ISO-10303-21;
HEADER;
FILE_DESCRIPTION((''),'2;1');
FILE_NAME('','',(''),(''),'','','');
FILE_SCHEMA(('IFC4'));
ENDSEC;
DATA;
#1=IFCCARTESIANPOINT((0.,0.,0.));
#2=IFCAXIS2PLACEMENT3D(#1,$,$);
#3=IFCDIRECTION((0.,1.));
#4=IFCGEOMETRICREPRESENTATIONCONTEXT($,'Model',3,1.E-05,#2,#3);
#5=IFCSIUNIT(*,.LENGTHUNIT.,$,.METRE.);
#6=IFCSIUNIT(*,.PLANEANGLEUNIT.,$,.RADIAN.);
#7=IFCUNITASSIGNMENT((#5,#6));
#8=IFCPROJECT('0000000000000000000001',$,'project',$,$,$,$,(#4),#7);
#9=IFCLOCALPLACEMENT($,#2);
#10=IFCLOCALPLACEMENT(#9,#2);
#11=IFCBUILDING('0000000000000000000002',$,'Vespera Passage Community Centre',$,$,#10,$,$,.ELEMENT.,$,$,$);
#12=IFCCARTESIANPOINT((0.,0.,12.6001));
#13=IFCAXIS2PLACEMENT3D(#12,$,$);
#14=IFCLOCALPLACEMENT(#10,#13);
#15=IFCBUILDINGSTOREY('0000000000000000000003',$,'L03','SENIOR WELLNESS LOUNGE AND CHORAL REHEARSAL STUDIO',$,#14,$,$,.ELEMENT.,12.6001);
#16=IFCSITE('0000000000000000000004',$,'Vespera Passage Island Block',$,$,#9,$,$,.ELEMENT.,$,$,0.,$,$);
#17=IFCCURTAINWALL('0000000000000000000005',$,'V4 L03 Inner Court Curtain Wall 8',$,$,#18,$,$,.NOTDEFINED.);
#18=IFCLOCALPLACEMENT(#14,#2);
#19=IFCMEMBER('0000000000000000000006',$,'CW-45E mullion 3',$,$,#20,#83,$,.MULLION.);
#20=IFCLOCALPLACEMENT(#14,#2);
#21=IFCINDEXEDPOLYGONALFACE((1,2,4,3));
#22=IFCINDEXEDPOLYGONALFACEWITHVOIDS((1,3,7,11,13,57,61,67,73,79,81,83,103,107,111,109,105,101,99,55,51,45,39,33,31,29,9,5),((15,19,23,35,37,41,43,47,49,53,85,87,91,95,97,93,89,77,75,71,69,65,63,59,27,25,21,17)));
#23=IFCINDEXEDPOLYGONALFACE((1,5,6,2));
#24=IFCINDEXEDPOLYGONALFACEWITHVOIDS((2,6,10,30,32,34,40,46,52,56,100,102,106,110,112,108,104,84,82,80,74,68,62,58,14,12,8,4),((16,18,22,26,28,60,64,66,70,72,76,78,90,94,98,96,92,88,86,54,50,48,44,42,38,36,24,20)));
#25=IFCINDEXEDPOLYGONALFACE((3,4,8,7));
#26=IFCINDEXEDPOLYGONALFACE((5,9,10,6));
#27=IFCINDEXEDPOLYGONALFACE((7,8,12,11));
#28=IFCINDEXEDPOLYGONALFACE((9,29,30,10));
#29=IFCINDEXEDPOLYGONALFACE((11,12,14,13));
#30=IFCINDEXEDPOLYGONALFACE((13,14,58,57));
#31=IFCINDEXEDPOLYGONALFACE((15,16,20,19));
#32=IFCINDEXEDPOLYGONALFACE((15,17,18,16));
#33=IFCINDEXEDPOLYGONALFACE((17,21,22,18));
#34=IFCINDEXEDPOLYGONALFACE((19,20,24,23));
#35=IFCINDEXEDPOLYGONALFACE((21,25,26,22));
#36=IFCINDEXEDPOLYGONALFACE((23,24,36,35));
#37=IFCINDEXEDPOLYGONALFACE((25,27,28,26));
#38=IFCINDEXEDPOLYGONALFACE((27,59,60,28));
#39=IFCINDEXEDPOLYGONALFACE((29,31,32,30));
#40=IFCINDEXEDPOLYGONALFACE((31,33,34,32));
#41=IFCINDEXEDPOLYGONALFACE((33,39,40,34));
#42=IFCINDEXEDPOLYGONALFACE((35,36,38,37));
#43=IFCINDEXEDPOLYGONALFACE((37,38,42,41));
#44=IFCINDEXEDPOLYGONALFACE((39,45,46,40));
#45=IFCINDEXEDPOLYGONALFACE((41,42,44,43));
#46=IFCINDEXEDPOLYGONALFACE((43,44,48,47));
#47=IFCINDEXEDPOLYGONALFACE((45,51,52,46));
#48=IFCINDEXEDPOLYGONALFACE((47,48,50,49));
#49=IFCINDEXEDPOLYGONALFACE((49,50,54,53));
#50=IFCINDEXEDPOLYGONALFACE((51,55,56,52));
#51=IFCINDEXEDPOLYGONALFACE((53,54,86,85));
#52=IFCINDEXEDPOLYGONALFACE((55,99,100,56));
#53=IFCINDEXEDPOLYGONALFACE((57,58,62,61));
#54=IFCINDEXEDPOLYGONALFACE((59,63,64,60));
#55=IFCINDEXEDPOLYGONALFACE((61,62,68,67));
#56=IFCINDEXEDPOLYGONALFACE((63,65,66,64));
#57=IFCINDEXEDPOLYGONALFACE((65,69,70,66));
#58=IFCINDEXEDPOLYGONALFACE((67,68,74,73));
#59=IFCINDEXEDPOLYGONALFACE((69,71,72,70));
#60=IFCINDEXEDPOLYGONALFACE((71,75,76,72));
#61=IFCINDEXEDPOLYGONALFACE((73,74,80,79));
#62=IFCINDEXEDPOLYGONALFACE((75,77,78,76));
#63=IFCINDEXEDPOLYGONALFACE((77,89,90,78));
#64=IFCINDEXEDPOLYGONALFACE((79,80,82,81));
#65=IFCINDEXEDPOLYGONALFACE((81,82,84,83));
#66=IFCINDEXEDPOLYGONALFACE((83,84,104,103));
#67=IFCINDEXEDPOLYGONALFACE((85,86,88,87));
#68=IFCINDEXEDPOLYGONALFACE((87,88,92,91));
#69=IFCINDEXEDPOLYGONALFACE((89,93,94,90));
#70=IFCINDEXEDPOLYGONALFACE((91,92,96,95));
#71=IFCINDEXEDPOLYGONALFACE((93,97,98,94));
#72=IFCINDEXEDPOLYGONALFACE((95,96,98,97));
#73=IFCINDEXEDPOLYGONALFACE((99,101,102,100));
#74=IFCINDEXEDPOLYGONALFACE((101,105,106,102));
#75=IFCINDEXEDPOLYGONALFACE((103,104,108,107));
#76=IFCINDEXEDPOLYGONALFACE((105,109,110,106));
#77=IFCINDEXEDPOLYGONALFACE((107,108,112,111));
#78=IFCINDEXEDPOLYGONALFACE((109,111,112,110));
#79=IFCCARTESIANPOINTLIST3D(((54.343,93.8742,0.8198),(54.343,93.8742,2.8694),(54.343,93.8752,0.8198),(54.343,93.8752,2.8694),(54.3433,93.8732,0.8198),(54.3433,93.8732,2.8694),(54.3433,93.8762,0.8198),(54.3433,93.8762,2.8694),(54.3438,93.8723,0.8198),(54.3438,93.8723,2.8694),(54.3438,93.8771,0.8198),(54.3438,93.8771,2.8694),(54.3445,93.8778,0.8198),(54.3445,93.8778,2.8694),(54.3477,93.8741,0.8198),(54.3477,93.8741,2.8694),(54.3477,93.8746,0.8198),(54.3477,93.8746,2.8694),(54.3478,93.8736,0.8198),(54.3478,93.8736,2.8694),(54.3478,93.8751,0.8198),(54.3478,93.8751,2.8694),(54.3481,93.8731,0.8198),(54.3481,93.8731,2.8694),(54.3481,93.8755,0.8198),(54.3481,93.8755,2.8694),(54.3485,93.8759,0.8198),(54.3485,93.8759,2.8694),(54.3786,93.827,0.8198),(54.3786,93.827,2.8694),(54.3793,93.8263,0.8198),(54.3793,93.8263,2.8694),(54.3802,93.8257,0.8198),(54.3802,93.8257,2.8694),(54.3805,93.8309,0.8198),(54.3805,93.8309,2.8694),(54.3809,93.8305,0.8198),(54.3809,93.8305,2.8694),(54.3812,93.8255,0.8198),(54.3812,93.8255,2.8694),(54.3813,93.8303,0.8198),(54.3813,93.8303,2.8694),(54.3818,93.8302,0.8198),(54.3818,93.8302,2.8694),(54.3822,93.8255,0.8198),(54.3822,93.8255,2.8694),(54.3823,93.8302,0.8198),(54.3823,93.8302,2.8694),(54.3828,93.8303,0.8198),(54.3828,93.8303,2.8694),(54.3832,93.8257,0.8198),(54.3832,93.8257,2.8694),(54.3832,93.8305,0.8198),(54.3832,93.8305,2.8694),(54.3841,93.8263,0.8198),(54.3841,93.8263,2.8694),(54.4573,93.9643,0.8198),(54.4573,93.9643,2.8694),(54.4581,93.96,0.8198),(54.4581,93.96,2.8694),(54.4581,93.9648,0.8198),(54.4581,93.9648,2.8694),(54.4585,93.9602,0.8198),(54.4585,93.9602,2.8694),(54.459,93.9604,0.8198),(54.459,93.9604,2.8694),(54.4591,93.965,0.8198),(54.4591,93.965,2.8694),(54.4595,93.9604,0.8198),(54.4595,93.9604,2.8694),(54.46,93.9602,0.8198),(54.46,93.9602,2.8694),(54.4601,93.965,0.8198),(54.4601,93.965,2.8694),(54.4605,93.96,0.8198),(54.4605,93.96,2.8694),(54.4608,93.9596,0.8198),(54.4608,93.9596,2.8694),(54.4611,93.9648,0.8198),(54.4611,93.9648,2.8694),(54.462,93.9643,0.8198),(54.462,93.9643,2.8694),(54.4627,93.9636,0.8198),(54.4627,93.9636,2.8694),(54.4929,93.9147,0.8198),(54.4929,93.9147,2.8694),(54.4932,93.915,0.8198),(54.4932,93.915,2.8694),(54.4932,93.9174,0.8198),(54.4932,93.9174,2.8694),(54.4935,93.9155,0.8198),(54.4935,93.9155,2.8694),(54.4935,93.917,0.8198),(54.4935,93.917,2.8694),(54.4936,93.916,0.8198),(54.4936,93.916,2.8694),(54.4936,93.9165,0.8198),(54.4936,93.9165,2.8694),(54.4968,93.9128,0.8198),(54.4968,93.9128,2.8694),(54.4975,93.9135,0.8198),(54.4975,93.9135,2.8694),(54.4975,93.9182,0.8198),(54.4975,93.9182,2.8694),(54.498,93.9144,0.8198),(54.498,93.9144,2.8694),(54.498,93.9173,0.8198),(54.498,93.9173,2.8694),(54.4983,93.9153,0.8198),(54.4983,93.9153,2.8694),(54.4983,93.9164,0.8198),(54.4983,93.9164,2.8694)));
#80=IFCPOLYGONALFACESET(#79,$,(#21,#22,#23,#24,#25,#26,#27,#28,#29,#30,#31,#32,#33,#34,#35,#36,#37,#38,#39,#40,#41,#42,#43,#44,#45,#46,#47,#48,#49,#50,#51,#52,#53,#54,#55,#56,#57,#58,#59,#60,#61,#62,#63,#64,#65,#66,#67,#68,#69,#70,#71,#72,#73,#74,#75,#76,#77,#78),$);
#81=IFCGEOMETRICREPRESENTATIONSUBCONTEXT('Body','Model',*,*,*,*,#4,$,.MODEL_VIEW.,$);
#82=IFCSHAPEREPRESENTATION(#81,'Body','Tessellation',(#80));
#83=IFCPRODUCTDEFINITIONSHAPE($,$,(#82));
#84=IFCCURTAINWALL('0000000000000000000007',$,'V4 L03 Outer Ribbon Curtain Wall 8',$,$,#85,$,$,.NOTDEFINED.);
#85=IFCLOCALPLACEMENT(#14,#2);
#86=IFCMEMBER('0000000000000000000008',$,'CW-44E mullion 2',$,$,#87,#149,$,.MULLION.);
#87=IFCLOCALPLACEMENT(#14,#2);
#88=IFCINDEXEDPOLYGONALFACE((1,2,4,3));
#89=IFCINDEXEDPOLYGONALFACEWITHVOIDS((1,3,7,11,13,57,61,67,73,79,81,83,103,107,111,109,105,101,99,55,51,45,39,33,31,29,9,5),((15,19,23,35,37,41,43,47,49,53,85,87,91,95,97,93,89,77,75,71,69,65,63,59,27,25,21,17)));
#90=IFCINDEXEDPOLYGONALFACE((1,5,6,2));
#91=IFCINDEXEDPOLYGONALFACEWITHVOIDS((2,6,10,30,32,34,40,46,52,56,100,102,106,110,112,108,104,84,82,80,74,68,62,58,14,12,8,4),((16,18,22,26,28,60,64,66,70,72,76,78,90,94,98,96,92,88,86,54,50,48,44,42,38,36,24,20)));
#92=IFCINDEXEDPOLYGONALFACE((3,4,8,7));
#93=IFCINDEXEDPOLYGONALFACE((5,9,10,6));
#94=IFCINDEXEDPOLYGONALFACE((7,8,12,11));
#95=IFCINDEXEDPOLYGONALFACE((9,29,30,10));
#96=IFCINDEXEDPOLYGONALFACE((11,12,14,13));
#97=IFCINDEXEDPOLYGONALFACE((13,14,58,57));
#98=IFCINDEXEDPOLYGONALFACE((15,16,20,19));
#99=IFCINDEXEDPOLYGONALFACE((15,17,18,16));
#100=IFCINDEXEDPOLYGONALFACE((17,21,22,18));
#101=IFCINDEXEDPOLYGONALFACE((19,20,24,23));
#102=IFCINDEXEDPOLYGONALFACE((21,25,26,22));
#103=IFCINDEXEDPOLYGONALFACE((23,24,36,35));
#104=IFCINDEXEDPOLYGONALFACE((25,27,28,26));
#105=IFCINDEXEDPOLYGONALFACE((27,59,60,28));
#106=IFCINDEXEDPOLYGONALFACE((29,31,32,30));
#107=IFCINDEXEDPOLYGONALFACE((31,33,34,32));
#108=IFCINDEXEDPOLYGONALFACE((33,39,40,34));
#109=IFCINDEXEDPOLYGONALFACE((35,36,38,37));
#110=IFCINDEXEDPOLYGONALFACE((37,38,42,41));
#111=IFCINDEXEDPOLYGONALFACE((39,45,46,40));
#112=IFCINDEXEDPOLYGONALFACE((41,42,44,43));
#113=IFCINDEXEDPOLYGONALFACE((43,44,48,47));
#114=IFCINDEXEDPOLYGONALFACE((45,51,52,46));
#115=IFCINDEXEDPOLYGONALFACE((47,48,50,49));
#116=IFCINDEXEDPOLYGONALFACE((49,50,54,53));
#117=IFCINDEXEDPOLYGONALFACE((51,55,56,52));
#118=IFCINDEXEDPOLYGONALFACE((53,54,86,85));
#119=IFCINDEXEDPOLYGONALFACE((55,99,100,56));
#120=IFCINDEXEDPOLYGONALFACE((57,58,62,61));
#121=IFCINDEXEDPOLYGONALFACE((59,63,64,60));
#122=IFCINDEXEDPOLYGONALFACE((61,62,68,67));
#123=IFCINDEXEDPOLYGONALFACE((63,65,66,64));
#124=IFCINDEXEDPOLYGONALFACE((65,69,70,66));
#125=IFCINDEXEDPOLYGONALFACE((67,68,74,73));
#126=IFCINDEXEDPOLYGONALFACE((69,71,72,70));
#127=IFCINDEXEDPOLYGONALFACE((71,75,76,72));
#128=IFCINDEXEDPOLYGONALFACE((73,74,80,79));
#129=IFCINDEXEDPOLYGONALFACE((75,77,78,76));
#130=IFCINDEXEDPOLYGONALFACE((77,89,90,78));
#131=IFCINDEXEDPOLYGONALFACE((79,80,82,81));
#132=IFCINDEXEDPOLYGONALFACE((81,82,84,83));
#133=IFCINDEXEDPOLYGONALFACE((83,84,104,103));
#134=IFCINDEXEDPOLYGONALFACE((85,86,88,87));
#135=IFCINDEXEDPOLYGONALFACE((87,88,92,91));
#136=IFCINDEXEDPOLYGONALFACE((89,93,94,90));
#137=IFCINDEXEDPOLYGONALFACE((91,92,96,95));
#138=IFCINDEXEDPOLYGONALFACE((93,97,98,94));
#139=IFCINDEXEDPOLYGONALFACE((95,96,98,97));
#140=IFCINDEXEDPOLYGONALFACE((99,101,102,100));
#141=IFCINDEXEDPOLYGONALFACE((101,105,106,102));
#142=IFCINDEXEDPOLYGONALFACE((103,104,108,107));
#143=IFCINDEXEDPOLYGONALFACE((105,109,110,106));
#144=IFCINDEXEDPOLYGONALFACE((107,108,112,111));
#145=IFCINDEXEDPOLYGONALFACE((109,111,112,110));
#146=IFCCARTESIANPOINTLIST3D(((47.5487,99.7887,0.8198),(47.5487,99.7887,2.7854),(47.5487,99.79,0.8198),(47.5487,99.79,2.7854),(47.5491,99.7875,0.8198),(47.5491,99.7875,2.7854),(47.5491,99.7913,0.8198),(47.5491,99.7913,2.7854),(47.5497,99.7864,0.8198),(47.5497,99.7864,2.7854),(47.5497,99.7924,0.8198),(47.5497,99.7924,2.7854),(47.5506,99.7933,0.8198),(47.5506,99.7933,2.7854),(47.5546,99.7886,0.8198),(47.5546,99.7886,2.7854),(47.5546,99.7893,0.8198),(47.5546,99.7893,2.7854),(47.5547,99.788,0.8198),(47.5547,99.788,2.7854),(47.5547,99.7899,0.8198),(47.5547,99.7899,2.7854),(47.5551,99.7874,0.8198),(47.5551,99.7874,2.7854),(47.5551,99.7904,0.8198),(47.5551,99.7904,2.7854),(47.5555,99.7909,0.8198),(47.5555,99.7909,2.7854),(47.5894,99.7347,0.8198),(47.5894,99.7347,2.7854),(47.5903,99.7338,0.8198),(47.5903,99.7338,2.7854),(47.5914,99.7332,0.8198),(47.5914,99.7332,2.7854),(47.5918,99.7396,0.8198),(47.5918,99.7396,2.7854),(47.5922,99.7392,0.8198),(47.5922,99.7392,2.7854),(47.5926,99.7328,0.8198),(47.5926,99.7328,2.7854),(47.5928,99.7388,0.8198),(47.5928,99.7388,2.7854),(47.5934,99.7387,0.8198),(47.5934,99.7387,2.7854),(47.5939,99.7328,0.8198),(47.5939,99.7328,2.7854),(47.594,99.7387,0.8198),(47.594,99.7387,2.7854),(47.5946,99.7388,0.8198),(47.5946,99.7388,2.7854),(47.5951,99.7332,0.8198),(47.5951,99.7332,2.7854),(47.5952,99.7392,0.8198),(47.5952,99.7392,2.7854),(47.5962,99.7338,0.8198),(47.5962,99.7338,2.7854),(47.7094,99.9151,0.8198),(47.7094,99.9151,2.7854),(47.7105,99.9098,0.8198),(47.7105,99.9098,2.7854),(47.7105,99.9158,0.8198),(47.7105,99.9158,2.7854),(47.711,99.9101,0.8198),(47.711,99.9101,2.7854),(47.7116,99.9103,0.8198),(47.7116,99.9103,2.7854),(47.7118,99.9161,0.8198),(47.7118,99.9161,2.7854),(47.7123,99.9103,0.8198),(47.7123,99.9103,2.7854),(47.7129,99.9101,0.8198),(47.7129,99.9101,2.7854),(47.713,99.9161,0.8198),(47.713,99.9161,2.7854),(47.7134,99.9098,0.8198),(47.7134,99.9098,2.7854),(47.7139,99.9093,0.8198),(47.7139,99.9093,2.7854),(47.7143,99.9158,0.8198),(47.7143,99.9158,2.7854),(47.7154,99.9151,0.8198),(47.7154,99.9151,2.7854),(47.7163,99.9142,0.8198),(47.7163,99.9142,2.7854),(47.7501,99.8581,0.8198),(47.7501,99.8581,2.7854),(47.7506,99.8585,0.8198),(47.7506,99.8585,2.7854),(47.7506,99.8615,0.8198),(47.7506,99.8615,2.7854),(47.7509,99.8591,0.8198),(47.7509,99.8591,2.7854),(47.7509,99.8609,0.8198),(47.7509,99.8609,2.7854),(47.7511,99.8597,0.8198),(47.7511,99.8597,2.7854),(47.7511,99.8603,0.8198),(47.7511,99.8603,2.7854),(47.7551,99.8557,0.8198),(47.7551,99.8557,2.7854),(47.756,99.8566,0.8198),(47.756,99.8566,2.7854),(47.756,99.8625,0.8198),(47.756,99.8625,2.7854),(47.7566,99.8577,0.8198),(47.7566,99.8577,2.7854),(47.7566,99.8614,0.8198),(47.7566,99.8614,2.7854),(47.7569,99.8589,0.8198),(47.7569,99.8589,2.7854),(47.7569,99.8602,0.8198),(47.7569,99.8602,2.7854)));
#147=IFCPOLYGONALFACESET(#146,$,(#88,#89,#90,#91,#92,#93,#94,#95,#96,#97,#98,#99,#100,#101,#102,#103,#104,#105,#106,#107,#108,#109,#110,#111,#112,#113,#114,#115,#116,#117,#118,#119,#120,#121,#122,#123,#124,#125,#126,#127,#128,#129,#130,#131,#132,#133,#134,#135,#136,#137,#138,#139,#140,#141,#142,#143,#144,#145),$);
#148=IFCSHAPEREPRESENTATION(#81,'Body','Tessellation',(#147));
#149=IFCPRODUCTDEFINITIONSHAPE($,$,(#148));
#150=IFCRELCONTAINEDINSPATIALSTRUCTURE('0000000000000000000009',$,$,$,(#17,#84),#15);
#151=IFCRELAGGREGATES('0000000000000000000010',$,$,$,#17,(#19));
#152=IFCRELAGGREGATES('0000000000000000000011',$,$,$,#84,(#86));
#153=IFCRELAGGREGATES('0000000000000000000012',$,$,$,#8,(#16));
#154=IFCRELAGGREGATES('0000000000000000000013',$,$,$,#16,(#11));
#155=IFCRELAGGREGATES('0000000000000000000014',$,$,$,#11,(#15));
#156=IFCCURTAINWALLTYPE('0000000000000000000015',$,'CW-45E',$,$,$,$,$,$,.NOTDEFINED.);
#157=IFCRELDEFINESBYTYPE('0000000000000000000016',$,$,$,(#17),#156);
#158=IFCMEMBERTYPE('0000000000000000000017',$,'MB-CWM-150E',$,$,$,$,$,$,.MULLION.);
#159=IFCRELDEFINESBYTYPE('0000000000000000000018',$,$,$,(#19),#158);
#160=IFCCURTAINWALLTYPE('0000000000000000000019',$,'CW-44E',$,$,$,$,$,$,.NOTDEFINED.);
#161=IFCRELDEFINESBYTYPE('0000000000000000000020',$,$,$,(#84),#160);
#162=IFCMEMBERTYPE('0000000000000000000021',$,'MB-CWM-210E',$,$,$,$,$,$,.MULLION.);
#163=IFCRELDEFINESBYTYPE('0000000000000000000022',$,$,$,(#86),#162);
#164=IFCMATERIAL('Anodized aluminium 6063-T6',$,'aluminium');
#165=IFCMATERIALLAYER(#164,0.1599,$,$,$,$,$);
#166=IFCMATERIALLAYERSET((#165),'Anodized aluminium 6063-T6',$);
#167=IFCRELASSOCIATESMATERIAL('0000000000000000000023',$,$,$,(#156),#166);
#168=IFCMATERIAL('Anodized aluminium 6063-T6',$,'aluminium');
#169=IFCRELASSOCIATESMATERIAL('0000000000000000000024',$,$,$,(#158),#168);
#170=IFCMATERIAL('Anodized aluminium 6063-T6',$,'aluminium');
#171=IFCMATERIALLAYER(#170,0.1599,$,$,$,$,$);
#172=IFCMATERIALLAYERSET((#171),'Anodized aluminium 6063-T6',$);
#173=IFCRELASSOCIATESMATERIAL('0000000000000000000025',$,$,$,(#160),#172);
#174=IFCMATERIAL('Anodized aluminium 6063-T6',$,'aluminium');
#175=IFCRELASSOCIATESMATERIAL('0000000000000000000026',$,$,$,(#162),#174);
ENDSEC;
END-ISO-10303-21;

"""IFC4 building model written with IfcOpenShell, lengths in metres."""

from ifc_helpers import new_model, si_unit, direction, frame, origin, origin_2d, place, context, subcontext, project, spatial, hollow_rectangle, extrude, material, layer, layer_set, material_profile, profile_set, type_object, element, aggregate, save


model = new_model("IFC4")

# Units and contexts
model_context = context("Model", 3, precision=1e-05, world=origin(), true_north=direction((0.0, 1.0)))
body_context = subcontext(model_context, "Body", "Model", "MODEL_VIEW")
ifc_project = project(units=[si_unit("LENGTHUNIT", "METRE"), si_unit("PLANEANGLEUNIT", "RADIAN")], contexts=[model_context])

# Site, building, storey
site_placement = place(None, origin())
site = spatial("IfcSite", under=ifc_project, at=site_placement, Name="Vespera Passage Island Block", CompositionType="ELEMENT", RefElevation=0.0)
building_placement = place(site_placement, origin())
building = spatial("IfcBuilding", under=site, at=building_placement, Name="Vespera Passage Community Centre", CompositionType="ELEMENT")
storey_placement = place(building_placement, frame((0.0, 0.0, 12.6001)))
storey = spatial("IfcBuildingStorey", under=building, at=storey_placement, Name="L03", Description="SENIOR WELLNESS LOUNGE AND CHORAL REHEARSAL STUDIO", CompositionType="ELEMENT", Elevation=12.6001)

# Curtain wall, member
ifc_material_1 = material(Name="Anodized aluminium 6063-T6", Category="aluminium")
ifc_layer_1 = layer(ifc_material_1, 0.1599)
ifc_layer_set_1 = layer_set([ifc_layer_1], Name="Anodized aluminium 6063-T6")
curtain_wall_type_1 = type_object("IfcCurtainWallType", Name="CW-45E", PredefinedType="NOTDEFINED", material=ifc_layer_set_1)
curtain_wall_1_placement = place(storey_placement, origin())
curtain_wall_1 = element("IfcCurtainWall", 1, at=curtain_wall_1_placement, inside=storey, type_object=curtain_wall_type_1, Name="V4 L03 Inner Court Curtain Wall 8", PredefinedType="NOTDEFINED")
ifc_material_2 = material(Name="Anodized aluminium 6063-T6", Category="aluminium")
ifc_material_profile_1 = material_profile(ifc_material_2, hollow_rectangle(XDim=0.0649, YDim=0.1499, WallThickness=0.0039, InnerFilletRadius=0.002, OuterFilletRadius=0.0039, at=origin_2d()), Name="ALU150X65X4")
ifc_profile_set_1 = profile_set([ifc_material_profile_1], Name="Anodized aluminium 6063-T6")
member_type_1 = type_object("IfcMemberType", Name="MB-CWM-150E", PredefinedType="MULLION", material=ifc_profile_set_1)
member_1_placement = place(storey_placement, frame((54.4207, 93.8953, 0.8198), z_axis=(0.0, 0.0, 1.0), x_axis=(0.608755, -0.793358, 0.0)))
member_1 = element("IfcMember", 2, at=member_1_placement, type_object=member_type_1, Name="CW-45E mullion 3", PredefinedType="MULLION", context=body_context, shape_type="SweptSolid", body=[
    extrude(hollow_rectangle(XDim=0.0649, YDim=0.1499, WallThickness=0.0039, InnerFilletRadius=0.002, OuterFilletRadius=0.0039, at=origin_2d()), origin(), (0.0, 0.0, 1.0), 2.0496),
])

# Curtain wall, member
ifc_material_3 = material(Name="Anodized aluminium 6063-T6", Category="aluminium")
ifc_layer_2 = layer(ifc_material_3, 0.1599)
ifc_layer_set_2 = layer_set([ifc_layer_2], Name="Anodized aluminium 6063-T6")
curtain_wall_type_2 = type_object("IfcCurtainWallType", Name="CW-44E", PredefinedType="NOTDEFINED", material=ifc_layer_set_2)
curtain_wall_2_placement = place(storey_placement, origin())
curtain_wall_2 = element("IfcCurtainWall", 3, at=curtain_wall_2_placement, inside=storey, type_object=curtain_wall_type_2, Name="V4 L03 Outer Ribbon Curtain Wall 8", PredefinedType="NOTDEFINED")
ifc_material_4 = material(Name="Anodized aluminium 6063-T6", Category="aluminium")
ifc_material_profile_2 = material_profile(ifc_material_4, hollow_rectangle(XDim=0.075, YDim=0.21, WallThickness=0.0049, InnerFilletRadius=0.0024, OuterFilletRadius=0.0049, at=origin_2d()), Name="ALU210X75X5")
ifc_profile_set_2 = profile_set([ifc_material_profile_2], Name="Anodized aluminium 6063-T6")
member_type_2 = type_object("IfcMemberType", Name="MB-CWM-210E", PredefinedType="MULLION", material=ifc_profile_set_2)
member_2_placement = place(storey_placement, frame((47.6528, 99.8245, 0.8198), z_axis=(0.0, 0.0, 1.0), x_axis=(-0.608768, 0.793348, 0.0)))
member_2 = element("IfcMember", 4, at=member_2_placement, type_object=member_type_2, Name="CW-44E mullion 2", PredefinedType="MULLION", context=body_context, shape_type="SweptSolid", body=[
    extrude(hollow_rectangle(XDim=0.075, YDim=0.21, WallThickness=0.0049, InnerFilletRadius=0.0024, OuterFilletRadius=0.0049, at=origin_2d()), origin(), (0.0, 0.0, 1.0), 1.9656),
])

aggregate(curtain_wall_1, [member_1])

aggregate(curtain_wall_2, [member_2])

save(model, "model.ifc")
